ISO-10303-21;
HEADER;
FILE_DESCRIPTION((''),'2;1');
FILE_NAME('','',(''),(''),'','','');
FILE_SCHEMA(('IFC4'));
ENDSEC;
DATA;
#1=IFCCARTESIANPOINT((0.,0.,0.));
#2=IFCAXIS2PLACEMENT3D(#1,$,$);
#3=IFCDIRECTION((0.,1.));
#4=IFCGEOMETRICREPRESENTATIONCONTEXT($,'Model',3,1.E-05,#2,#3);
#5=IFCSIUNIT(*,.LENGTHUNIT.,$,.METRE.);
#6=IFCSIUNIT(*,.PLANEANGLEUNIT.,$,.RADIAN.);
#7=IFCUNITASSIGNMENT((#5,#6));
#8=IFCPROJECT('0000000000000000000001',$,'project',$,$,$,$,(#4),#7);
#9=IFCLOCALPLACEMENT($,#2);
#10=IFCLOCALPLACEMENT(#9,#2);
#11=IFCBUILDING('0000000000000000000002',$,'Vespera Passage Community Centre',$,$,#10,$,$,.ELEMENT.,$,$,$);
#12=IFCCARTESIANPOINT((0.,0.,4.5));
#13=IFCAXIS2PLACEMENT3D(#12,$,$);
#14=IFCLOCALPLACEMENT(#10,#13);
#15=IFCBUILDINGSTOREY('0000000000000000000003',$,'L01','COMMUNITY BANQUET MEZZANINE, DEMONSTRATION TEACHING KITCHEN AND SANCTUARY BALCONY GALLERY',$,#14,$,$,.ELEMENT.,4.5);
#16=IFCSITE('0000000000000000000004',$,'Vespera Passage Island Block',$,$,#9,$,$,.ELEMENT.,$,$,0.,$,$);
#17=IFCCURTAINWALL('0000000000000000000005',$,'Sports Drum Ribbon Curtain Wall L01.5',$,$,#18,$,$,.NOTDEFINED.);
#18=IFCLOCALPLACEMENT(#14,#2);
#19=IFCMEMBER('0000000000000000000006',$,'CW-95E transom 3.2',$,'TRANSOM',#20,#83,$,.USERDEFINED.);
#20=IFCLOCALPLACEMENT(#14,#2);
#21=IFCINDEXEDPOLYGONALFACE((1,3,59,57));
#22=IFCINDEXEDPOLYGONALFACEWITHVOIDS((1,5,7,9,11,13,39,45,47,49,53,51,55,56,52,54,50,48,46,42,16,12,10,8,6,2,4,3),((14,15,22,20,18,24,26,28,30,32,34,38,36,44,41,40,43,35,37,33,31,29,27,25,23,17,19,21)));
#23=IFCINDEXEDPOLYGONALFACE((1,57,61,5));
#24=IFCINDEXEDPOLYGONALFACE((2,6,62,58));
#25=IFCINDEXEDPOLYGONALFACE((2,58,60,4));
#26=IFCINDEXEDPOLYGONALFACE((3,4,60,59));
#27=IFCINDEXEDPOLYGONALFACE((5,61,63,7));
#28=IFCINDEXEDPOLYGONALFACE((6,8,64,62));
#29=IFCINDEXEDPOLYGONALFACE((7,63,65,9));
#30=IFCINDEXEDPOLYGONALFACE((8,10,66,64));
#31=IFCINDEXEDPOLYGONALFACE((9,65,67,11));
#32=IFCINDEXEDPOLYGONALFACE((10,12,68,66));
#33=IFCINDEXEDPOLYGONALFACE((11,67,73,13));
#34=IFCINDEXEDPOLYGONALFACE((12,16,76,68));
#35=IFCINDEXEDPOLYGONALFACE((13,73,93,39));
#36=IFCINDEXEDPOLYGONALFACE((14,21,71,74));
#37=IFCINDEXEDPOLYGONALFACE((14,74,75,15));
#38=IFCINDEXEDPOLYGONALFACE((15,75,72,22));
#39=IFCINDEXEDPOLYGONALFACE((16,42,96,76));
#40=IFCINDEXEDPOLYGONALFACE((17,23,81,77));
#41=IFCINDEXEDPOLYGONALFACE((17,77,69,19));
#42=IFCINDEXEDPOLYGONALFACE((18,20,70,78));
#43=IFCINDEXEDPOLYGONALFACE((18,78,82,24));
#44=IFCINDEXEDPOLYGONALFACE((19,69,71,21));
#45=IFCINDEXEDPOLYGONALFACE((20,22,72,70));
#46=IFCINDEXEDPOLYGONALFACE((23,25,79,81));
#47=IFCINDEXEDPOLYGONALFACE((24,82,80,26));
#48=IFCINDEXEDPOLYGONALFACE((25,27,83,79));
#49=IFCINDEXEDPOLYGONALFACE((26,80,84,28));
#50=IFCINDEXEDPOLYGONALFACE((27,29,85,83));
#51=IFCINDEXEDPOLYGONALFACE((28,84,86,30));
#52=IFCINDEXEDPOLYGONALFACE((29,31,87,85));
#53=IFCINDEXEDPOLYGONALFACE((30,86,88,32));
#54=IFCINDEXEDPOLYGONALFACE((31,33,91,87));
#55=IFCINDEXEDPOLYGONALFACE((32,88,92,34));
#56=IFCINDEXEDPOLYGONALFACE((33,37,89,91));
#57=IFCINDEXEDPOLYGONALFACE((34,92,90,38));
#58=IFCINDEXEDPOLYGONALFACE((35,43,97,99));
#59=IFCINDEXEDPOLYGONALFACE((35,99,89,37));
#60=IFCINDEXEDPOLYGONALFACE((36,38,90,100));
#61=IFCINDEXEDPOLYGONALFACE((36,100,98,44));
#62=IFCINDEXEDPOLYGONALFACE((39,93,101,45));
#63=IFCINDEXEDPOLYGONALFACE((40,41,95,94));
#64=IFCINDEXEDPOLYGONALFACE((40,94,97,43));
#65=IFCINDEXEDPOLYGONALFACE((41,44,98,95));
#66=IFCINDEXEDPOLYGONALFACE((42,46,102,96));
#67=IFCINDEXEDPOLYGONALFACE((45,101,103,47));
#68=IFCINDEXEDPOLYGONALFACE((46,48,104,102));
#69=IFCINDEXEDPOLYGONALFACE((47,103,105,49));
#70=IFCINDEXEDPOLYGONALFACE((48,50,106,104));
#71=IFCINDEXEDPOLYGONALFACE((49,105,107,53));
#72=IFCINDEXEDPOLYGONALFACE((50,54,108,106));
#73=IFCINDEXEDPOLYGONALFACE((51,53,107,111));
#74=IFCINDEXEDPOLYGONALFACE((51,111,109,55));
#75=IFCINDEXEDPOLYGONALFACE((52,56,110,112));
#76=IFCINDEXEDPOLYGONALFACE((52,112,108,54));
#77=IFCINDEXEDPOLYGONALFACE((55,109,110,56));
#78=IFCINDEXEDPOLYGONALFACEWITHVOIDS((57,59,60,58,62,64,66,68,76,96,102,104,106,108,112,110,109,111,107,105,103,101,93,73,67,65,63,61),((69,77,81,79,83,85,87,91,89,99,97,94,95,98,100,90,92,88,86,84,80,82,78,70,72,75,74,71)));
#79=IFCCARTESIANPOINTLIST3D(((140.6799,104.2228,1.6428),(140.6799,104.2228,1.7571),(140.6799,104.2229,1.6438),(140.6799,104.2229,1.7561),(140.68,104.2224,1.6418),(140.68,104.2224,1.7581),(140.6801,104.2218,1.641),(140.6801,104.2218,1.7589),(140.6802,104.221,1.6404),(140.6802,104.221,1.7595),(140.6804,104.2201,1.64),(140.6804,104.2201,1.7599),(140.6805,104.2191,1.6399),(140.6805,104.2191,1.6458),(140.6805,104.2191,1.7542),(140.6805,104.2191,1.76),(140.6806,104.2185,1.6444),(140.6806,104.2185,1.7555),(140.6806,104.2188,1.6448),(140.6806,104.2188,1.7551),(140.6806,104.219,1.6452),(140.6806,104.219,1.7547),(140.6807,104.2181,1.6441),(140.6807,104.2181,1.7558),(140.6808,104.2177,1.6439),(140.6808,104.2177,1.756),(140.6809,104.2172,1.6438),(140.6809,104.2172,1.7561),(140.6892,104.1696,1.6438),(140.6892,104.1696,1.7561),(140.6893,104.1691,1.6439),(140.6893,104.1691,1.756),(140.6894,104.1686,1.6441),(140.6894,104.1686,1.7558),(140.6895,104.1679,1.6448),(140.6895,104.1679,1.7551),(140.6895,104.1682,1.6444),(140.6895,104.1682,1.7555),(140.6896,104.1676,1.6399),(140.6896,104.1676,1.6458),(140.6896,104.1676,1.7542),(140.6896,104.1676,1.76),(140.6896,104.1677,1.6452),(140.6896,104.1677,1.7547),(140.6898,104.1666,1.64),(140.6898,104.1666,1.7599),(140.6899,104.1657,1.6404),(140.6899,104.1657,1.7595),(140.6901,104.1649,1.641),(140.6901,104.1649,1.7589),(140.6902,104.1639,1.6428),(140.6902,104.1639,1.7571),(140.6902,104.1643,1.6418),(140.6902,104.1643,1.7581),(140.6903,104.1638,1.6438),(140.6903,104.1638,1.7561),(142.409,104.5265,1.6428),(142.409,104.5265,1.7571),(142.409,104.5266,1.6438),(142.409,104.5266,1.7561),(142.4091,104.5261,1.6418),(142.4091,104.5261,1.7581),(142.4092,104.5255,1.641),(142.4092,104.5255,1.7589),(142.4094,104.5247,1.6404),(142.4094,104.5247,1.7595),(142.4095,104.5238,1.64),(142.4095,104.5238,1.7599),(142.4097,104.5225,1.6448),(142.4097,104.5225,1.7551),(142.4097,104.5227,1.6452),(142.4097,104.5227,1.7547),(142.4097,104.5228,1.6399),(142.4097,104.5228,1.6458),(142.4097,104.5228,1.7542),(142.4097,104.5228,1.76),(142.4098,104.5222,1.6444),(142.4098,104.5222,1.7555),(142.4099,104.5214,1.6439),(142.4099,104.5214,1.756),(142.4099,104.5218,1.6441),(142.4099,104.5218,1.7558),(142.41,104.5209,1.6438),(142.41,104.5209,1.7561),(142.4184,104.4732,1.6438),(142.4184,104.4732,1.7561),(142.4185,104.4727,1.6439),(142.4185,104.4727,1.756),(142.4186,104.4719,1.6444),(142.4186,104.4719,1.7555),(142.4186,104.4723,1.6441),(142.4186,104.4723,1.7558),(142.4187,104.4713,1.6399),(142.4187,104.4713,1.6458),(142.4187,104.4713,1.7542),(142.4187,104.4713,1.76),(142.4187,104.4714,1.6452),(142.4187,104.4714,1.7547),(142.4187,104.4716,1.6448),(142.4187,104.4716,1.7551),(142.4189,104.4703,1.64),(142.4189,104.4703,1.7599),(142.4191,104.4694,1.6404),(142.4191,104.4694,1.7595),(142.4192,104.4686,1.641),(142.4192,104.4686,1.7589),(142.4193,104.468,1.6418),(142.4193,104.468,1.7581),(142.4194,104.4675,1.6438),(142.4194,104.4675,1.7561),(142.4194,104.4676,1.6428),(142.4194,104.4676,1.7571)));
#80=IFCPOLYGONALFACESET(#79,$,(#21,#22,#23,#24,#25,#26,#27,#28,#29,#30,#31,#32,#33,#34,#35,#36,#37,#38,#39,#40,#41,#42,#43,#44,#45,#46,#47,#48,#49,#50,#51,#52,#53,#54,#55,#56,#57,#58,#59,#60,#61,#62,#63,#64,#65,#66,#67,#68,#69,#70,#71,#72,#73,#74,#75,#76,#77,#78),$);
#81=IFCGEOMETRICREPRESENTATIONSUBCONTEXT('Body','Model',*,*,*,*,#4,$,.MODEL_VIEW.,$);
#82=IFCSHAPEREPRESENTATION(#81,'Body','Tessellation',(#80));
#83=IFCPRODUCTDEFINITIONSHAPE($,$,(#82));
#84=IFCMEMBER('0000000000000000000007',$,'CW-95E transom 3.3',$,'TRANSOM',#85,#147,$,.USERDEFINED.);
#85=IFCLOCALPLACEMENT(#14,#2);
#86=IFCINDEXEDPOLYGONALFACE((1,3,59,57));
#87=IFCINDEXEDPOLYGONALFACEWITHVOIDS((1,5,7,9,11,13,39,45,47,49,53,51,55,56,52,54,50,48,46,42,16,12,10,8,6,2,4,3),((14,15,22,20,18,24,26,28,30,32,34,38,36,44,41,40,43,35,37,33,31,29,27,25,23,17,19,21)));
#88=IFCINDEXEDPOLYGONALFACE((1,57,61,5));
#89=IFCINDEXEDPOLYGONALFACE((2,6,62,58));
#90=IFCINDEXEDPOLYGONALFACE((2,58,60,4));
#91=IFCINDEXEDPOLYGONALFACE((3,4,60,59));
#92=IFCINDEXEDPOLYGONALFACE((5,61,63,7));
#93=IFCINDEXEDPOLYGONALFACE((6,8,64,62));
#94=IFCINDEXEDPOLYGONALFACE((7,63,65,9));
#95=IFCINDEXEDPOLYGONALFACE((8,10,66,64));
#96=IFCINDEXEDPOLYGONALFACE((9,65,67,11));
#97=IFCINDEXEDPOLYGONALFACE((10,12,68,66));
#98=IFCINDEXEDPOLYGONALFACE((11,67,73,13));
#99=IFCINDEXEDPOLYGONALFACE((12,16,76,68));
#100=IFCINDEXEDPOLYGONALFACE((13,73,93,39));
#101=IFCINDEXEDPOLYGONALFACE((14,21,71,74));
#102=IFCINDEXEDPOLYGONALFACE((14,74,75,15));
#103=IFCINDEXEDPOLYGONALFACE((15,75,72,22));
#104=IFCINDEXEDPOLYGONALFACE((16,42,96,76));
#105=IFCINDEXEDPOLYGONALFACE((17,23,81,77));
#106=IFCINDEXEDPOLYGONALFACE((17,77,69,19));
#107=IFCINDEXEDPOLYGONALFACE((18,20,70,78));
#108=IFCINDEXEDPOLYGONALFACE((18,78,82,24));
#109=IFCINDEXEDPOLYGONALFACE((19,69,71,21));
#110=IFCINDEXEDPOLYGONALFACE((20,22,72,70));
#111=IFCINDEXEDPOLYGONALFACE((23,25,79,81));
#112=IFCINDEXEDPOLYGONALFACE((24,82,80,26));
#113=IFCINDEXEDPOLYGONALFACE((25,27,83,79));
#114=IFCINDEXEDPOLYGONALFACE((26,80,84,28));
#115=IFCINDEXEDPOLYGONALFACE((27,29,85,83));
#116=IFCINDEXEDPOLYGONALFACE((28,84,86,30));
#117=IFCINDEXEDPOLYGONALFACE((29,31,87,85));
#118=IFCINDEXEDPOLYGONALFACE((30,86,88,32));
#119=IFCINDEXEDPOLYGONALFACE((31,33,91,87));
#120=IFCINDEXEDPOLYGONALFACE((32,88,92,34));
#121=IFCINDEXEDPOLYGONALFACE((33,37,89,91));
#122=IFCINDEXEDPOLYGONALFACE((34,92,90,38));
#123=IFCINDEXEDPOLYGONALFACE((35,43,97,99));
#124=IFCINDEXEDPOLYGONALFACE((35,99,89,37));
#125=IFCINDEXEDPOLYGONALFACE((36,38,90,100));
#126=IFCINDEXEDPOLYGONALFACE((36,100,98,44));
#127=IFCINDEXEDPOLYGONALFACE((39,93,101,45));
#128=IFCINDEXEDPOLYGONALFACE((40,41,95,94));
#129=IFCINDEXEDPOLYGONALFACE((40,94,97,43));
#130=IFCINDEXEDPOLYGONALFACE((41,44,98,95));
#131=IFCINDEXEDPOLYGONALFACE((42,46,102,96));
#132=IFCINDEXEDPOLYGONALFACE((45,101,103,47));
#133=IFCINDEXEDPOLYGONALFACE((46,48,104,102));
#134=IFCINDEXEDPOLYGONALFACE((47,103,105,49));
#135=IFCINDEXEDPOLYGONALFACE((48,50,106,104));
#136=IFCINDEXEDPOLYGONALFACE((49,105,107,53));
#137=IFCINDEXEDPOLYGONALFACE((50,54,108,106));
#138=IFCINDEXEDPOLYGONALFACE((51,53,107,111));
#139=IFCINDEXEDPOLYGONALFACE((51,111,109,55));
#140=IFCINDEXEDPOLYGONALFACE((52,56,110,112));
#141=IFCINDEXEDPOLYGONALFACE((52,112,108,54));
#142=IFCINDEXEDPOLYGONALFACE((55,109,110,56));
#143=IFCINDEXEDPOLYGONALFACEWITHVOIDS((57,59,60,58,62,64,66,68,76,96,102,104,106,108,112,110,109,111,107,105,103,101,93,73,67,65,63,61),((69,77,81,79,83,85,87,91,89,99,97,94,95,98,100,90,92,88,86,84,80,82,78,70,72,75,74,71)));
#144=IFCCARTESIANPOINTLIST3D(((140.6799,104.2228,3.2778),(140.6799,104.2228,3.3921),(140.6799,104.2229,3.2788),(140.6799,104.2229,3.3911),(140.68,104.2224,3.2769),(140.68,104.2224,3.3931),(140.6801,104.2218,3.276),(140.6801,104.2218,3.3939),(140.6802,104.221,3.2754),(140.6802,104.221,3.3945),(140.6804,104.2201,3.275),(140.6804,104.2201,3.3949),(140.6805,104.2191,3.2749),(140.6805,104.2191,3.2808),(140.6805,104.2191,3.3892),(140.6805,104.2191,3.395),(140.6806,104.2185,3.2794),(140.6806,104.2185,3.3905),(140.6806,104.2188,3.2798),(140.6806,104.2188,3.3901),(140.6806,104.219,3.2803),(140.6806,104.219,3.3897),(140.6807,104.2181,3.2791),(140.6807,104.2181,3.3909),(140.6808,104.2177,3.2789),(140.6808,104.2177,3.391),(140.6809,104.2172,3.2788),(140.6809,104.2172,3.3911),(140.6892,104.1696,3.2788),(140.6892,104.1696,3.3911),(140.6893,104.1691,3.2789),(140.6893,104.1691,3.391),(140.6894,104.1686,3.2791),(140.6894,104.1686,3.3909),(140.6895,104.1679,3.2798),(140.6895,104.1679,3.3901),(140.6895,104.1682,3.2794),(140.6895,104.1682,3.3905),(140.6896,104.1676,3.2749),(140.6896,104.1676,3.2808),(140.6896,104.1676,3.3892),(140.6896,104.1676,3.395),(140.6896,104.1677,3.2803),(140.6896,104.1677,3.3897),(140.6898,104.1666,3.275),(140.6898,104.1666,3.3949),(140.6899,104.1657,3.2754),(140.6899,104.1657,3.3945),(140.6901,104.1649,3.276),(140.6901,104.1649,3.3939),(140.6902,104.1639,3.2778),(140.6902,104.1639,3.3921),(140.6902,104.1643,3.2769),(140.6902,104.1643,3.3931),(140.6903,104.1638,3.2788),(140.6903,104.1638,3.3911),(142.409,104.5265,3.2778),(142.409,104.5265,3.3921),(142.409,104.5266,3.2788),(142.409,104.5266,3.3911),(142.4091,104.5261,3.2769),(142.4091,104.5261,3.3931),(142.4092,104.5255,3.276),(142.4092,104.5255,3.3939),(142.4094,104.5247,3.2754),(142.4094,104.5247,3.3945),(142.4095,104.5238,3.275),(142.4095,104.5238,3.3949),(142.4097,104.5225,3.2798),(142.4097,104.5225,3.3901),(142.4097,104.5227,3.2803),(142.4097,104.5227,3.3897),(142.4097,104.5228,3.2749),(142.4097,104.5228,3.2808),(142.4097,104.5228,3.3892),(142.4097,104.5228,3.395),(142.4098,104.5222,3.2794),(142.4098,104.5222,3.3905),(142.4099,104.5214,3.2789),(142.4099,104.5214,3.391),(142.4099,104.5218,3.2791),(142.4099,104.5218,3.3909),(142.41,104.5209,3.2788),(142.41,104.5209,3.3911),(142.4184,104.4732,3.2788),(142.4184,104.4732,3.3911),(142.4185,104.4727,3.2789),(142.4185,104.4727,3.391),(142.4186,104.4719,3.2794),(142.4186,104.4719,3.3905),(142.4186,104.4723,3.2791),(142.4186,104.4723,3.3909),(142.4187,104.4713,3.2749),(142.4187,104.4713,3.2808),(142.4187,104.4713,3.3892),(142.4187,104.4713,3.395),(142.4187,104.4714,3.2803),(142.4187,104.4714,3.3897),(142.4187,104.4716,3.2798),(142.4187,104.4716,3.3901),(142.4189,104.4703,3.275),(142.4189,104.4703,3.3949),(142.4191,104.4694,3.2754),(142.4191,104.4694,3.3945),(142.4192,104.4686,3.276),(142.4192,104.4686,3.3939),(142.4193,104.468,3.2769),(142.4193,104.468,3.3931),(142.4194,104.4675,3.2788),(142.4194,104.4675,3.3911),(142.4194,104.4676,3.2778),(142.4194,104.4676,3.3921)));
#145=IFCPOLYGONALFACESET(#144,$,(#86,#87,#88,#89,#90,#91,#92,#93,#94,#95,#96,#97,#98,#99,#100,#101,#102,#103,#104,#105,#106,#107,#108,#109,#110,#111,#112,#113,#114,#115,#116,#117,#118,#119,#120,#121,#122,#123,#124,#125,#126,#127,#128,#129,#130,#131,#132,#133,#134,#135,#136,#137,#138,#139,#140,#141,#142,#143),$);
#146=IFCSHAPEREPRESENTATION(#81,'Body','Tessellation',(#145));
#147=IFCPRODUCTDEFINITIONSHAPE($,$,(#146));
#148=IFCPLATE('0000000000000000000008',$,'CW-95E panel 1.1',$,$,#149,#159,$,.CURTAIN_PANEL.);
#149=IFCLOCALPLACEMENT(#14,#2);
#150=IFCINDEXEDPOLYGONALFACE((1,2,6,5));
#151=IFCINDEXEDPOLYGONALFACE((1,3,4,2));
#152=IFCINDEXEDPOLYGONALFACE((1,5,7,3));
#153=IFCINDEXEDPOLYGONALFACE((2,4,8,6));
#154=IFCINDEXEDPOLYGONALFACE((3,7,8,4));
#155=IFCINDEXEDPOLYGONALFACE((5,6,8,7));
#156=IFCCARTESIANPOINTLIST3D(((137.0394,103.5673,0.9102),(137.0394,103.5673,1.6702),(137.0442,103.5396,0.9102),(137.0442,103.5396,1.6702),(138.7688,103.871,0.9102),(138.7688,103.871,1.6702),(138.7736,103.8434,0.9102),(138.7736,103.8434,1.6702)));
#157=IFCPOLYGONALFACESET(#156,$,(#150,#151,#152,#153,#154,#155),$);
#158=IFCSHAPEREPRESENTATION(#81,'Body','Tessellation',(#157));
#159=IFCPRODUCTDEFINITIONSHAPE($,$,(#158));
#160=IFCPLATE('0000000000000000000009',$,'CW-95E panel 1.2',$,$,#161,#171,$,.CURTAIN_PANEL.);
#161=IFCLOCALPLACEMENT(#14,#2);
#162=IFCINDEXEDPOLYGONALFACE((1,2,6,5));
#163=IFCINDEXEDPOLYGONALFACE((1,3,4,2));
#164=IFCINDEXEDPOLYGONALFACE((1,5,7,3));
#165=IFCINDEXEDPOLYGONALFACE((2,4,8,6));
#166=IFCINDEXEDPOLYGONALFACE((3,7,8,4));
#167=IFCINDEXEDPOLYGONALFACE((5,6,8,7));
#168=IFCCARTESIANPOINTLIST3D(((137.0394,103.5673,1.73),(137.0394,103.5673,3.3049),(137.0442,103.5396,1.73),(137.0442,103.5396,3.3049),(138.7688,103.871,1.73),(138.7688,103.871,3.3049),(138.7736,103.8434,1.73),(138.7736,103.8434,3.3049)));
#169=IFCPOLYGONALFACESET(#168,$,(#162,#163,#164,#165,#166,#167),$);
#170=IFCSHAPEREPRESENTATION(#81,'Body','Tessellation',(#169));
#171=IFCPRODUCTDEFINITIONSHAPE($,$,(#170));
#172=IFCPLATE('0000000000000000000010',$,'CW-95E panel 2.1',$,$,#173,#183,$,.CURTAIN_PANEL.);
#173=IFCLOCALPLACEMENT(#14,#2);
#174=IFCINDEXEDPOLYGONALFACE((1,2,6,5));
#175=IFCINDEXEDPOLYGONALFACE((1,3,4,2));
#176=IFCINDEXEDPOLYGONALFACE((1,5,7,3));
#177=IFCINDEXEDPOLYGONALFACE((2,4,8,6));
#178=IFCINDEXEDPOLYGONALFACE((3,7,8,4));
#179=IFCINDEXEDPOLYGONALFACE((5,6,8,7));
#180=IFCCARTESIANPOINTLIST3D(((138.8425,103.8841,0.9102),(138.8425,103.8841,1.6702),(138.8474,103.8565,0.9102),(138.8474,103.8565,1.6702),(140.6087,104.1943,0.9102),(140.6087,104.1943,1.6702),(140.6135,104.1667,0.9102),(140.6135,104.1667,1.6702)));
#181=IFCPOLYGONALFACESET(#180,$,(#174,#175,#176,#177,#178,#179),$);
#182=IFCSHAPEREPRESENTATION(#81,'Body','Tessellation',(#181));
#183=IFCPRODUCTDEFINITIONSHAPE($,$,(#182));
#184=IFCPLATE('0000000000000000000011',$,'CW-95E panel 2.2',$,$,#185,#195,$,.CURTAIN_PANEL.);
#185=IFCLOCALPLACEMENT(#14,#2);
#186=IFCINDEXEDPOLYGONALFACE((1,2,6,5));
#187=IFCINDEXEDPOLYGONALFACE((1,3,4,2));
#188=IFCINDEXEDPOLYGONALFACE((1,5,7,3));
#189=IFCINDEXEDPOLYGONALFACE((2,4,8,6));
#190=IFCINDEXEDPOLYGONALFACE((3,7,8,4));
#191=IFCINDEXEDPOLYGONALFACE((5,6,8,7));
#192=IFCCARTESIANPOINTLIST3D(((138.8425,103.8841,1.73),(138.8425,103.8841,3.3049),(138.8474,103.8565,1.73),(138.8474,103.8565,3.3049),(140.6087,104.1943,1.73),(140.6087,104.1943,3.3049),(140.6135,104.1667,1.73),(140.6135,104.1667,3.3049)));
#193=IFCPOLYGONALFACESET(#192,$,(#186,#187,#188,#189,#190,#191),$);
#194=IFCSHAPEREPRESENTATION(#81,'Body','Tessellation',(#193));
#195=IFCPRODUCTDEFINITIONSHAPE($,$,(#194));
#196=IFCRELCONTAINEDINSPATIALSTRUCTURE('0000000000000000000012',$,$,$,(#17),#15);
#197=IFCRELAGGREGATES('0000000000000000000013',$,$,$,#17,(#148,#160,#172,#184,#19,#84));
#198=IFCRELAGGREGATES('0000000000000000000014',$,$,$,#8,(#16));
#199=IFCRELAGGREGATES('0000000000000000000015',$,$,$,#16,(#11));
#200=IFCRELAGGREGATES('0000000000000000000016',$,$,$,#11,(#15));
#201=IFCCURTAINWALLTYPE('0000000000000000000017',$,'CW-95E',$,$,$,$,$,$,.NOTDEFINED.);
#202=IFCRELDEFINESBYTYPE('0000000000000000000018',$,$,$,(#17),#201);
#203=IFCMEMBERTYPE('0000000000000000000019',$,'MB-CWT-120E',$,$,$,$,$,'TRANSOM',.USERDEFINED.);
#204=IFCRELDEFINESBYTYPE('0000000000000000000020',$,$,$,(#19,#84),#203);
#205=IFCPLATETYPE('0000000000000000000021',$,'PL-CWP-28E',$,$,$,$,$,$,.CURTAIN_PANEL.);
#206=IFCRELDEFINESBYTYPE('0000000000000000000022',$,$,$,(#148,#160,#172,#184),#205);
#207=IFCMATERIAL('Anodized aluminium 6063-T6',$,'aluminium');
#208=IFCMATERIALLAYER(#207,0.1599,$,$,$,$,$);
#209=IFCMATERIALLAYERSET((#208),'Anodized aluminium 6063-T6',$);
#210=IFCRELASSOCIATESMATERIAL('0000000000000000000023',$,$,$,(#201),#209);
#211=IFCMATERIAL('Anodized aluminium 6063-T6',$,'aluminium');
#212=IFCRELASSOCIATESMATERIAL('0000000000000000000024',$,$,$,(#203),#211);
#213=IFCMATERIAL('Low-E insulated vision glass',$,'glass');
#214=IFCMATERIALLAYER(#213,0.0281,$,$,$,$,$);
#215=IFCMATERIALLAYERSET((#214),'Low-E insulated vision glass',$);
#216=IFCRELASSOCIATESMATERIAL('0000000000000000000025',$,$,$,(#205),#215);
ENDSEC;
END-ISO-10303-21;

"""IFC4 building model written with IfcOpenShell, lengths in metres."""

from ifc_helpers import new_model, si_unit, direction, frame, origin, origin_2d, place, context, subcontext, project, spatial, rectangle, hollow_rectangle, extrude, material, layer, layer_set, material_profile, profile_set, type_object, element, aggregate, save


model = new_model("IFC4")

# Units and contexts
model_context = context("Model", 3, precision=1e-05, world=origin(), true_north=direction((0.0, 1.0)))
body_context = subcontext(model_context, "Body", "Model", "MODEL_VIEW")
ifc_project = project(units=[si_unit("LENGTHUNIT", "METRE"), si_unit("PLANEANGLEUNIT", "RADIAN")], contexts=[model_context])

# Site, building, storey
site_placement = place(None, origin())
site = spatial("IfcSite", under=ifc_project, at=site_placement, Name="Vespera Passage Island Block", CompositionType="ELEMENT", RefElevation=0.0)
building_placement = place(site_placement, origin())
building = spatial("IfcBuilding", under=site, at=building_placement, Name="Vespera Passage Community Centre", CompositionType="ELEMENT")
storey_placement = place(building_placement, frame((0.0, 0.0, 4.5)))
storey = spatial("IfcBuildingStorey", under=building, at=storey_placement, Name="L01", Description="COMMUNITY BANQUET MEZZANINE, DEMONSTRATION TEACHING KITCHEN AND SANCTUARY BALCONY GALLERY", CompositionType="ELEMENT", Elevation=4.5)

# Curtain wall, members, plates
ifc_material_1 = material(Name="Anodized aluminium 6063-T6", Category="aluminium")
ifc_layer_1 = layer(ifc_material_1, 0.1599)
ifc_layer_set_1 = layer_set([ifc_layer_1], Name="Anodized aluminium 6063-T6")
curtain_wall_type = type_object("IfcCurtainWallType", Name="CW-95E", PredefinedType="NOTDEFINED", material=ifc_layer_set_1)
curtain_wall_placement = place(storey_placement, origin())
curtain_wall = element("IfcCurtainWall", 1, at=curtain_wall_placement, inside=storey, type_object=curtain_wall_type, Name="Sports Drum Ribbon Curtain Wall L01.5", PredefinedType="NOTDEFINED")
ifc_material_2 = material(Name="Anodized aluminium 6063-T6", Category="aluminium")
ifc_material_profile_1 = material_profile(ifc_material_2, hollow_rectangle(XDim=0.0601, YDim=0.1201, WallThickness=0.0039, InnerFilletRadius=0.002, OuterFilletRadius=0.0039, at=origin_2d()), Name="ALU120X60X4")
ifc_profile_set_1 = profile_set([ifc_material_profile_1], Name="Anodized aluminium 6063-T6")
member_type_1 = type_object("IfcMemberType", Name="MB-CWT-120E", ElementType="TRANSOM", PredefinedType="USERDEFINED", material=ifc_profile_set_1)
member_1_placement = place(storey_placement, frame((140.6851, 104.1934, 1.7), z_axis=(0.984925, 0.172984, 0.0), x_axis=(-0.172984, 0.984925, 0.0)))
member_1 = element("IfcMember", 2, at=member_1_placement, type_object=member_type_1, Name="CW-95E transom 3.2", ObjectType="TRANSOM", PredefinedType="USERDEFINED", context=body_context, shape_type="SweptSolid", body=[
    extrude(hollow_rectangle(XDim=0.0601, YDim=0.1201, WallThickness=0.0039, InnerFilletRadius=0.002, OuterFilletRadius=0.0039, at=origin_2d()), origin(), (0.0, 0.0, 1.0), 1.7556),
])
member_2_placement = place(storey_placement, frame((140.6851, 104.1934, 3.335), z_axis=(0.984925, 0.172984, 0.0), x_axis=(-0.172984, 0.984925, 0.0)))
member_2 = element("IfcMember", 3, at=member_2_placement, type_object=member_type_1, Name="CW-95E transom 3.3", ObjectType="TRANSOM", PredefinedType="USERDEFINED", context=body_context, shape_type="SweptSolid", body=[
    extrude(hollow_rectangle(XDim=0.0601, YDim=0.1201, WallThickness=0.0039, InnerFilletRadius=0.002, OuterFilletRadius=0.0039, at=origin_2d()), origin(), (0.0, 0.0, 1.0), 1.7556),
])
ifc_material_3 = material(Name="Low-E insulated vision glass", Category="glass")
ifc_layer_2 = layer(ifc_material_3, 0.0281)
ifc_layer_set_2 = layer_set([ifc_layer_2], Name="Low-E insulated vision glass")
plate_type = type_object("IfcPlateType", Name="PL-CWP-28E", PredefinedType="CURTAIN_PANEL", material=ifc_layer_set_2)
plate_1_placement = place(storey_placement, frame((137.9065, 103.7053, 0.9102), z_axis=(0.0, 0.0, 1.0), x_axis=(0.984923, 0.172994, 0.0)))
plate_1 = element("IfcPlate", 4, at=plate_1_placement, type_object=plate_type, Name="CW-95E panel 1.1", PredefinedType="CURTAIN_PANEL", context=body_context, shape_type="SweptSolid", body=[
    extrude(rectangle(XDim=1.7559, YDim=0.0281, at=origin_2d()), origin(), (0.0, 0.0, 1.0), 0.76),
])
plate_2_placement = place(storey_placement, frame((137.9065, 103.7053, 1.73), z_axis=(0.0, 0.0, 1.0), x_axis=(0.984923, 0.172994, 0.0)))
plate_2 = element("IfcPlate", 5, at=plate_2_placement, type_object=plate_type, Name="CW-95E panel 1.2", PredefinedType="CURTAIN_PANEL", context=body_context, shape_type="SweptSolid", body=[
    extrude(rectangle(XDim=1.7559, YDim=0.0281, at=origin_2d()), origin(), (0.0, 0.0, 1.0), 1.575),
])
plate_3_placement = place(storey_placement, frame((139.728, 104.0254, 0.9102), z_axis=(0.0, 0.0, 1.0), x_axis=(0.984923, 0.172994, 0.0)))
plate_3 = element("IfcPlate", 6, at=plate_3_placement, type_object=plate_type, Name="CW-95E panel 2.1", PredefinedType="CURTAIN_PANEL", context=body_context, shape_type="SweptSolid", body=[
    extrude(rectangle(XDim=1.7932, YDim=0.0281, at=origin_2d()), origin(), (0.0, 0.0, 1.0), 0.76),
])
plate_4_placement = place(storey_placement, frame((139.728, 104.0254, 1.73), z_axis=(0.0, 0.0, 1.0), x_axis=(0.984923, 0.172994, 0.0)))
plate_4 = element("IfcPlate", 7, at=plate_4_placement, type_object=plate_type, Name="CW-95E panel 2.2", PredefinedType="CURTAIN_PANEL", context=body_context, shape_type="SweptSolid", body=[
    extrude(rectangle(XDim=1.7932, YDim=0.0281, at=origin_2d()), origin(), (0.0, 0.0, 1.0), 1.575),
])
aggregate(curtain_wall, [plate_1, plate_2, plate_3, plate_4, member_1, member_2])

save(model, "model.ifc")
